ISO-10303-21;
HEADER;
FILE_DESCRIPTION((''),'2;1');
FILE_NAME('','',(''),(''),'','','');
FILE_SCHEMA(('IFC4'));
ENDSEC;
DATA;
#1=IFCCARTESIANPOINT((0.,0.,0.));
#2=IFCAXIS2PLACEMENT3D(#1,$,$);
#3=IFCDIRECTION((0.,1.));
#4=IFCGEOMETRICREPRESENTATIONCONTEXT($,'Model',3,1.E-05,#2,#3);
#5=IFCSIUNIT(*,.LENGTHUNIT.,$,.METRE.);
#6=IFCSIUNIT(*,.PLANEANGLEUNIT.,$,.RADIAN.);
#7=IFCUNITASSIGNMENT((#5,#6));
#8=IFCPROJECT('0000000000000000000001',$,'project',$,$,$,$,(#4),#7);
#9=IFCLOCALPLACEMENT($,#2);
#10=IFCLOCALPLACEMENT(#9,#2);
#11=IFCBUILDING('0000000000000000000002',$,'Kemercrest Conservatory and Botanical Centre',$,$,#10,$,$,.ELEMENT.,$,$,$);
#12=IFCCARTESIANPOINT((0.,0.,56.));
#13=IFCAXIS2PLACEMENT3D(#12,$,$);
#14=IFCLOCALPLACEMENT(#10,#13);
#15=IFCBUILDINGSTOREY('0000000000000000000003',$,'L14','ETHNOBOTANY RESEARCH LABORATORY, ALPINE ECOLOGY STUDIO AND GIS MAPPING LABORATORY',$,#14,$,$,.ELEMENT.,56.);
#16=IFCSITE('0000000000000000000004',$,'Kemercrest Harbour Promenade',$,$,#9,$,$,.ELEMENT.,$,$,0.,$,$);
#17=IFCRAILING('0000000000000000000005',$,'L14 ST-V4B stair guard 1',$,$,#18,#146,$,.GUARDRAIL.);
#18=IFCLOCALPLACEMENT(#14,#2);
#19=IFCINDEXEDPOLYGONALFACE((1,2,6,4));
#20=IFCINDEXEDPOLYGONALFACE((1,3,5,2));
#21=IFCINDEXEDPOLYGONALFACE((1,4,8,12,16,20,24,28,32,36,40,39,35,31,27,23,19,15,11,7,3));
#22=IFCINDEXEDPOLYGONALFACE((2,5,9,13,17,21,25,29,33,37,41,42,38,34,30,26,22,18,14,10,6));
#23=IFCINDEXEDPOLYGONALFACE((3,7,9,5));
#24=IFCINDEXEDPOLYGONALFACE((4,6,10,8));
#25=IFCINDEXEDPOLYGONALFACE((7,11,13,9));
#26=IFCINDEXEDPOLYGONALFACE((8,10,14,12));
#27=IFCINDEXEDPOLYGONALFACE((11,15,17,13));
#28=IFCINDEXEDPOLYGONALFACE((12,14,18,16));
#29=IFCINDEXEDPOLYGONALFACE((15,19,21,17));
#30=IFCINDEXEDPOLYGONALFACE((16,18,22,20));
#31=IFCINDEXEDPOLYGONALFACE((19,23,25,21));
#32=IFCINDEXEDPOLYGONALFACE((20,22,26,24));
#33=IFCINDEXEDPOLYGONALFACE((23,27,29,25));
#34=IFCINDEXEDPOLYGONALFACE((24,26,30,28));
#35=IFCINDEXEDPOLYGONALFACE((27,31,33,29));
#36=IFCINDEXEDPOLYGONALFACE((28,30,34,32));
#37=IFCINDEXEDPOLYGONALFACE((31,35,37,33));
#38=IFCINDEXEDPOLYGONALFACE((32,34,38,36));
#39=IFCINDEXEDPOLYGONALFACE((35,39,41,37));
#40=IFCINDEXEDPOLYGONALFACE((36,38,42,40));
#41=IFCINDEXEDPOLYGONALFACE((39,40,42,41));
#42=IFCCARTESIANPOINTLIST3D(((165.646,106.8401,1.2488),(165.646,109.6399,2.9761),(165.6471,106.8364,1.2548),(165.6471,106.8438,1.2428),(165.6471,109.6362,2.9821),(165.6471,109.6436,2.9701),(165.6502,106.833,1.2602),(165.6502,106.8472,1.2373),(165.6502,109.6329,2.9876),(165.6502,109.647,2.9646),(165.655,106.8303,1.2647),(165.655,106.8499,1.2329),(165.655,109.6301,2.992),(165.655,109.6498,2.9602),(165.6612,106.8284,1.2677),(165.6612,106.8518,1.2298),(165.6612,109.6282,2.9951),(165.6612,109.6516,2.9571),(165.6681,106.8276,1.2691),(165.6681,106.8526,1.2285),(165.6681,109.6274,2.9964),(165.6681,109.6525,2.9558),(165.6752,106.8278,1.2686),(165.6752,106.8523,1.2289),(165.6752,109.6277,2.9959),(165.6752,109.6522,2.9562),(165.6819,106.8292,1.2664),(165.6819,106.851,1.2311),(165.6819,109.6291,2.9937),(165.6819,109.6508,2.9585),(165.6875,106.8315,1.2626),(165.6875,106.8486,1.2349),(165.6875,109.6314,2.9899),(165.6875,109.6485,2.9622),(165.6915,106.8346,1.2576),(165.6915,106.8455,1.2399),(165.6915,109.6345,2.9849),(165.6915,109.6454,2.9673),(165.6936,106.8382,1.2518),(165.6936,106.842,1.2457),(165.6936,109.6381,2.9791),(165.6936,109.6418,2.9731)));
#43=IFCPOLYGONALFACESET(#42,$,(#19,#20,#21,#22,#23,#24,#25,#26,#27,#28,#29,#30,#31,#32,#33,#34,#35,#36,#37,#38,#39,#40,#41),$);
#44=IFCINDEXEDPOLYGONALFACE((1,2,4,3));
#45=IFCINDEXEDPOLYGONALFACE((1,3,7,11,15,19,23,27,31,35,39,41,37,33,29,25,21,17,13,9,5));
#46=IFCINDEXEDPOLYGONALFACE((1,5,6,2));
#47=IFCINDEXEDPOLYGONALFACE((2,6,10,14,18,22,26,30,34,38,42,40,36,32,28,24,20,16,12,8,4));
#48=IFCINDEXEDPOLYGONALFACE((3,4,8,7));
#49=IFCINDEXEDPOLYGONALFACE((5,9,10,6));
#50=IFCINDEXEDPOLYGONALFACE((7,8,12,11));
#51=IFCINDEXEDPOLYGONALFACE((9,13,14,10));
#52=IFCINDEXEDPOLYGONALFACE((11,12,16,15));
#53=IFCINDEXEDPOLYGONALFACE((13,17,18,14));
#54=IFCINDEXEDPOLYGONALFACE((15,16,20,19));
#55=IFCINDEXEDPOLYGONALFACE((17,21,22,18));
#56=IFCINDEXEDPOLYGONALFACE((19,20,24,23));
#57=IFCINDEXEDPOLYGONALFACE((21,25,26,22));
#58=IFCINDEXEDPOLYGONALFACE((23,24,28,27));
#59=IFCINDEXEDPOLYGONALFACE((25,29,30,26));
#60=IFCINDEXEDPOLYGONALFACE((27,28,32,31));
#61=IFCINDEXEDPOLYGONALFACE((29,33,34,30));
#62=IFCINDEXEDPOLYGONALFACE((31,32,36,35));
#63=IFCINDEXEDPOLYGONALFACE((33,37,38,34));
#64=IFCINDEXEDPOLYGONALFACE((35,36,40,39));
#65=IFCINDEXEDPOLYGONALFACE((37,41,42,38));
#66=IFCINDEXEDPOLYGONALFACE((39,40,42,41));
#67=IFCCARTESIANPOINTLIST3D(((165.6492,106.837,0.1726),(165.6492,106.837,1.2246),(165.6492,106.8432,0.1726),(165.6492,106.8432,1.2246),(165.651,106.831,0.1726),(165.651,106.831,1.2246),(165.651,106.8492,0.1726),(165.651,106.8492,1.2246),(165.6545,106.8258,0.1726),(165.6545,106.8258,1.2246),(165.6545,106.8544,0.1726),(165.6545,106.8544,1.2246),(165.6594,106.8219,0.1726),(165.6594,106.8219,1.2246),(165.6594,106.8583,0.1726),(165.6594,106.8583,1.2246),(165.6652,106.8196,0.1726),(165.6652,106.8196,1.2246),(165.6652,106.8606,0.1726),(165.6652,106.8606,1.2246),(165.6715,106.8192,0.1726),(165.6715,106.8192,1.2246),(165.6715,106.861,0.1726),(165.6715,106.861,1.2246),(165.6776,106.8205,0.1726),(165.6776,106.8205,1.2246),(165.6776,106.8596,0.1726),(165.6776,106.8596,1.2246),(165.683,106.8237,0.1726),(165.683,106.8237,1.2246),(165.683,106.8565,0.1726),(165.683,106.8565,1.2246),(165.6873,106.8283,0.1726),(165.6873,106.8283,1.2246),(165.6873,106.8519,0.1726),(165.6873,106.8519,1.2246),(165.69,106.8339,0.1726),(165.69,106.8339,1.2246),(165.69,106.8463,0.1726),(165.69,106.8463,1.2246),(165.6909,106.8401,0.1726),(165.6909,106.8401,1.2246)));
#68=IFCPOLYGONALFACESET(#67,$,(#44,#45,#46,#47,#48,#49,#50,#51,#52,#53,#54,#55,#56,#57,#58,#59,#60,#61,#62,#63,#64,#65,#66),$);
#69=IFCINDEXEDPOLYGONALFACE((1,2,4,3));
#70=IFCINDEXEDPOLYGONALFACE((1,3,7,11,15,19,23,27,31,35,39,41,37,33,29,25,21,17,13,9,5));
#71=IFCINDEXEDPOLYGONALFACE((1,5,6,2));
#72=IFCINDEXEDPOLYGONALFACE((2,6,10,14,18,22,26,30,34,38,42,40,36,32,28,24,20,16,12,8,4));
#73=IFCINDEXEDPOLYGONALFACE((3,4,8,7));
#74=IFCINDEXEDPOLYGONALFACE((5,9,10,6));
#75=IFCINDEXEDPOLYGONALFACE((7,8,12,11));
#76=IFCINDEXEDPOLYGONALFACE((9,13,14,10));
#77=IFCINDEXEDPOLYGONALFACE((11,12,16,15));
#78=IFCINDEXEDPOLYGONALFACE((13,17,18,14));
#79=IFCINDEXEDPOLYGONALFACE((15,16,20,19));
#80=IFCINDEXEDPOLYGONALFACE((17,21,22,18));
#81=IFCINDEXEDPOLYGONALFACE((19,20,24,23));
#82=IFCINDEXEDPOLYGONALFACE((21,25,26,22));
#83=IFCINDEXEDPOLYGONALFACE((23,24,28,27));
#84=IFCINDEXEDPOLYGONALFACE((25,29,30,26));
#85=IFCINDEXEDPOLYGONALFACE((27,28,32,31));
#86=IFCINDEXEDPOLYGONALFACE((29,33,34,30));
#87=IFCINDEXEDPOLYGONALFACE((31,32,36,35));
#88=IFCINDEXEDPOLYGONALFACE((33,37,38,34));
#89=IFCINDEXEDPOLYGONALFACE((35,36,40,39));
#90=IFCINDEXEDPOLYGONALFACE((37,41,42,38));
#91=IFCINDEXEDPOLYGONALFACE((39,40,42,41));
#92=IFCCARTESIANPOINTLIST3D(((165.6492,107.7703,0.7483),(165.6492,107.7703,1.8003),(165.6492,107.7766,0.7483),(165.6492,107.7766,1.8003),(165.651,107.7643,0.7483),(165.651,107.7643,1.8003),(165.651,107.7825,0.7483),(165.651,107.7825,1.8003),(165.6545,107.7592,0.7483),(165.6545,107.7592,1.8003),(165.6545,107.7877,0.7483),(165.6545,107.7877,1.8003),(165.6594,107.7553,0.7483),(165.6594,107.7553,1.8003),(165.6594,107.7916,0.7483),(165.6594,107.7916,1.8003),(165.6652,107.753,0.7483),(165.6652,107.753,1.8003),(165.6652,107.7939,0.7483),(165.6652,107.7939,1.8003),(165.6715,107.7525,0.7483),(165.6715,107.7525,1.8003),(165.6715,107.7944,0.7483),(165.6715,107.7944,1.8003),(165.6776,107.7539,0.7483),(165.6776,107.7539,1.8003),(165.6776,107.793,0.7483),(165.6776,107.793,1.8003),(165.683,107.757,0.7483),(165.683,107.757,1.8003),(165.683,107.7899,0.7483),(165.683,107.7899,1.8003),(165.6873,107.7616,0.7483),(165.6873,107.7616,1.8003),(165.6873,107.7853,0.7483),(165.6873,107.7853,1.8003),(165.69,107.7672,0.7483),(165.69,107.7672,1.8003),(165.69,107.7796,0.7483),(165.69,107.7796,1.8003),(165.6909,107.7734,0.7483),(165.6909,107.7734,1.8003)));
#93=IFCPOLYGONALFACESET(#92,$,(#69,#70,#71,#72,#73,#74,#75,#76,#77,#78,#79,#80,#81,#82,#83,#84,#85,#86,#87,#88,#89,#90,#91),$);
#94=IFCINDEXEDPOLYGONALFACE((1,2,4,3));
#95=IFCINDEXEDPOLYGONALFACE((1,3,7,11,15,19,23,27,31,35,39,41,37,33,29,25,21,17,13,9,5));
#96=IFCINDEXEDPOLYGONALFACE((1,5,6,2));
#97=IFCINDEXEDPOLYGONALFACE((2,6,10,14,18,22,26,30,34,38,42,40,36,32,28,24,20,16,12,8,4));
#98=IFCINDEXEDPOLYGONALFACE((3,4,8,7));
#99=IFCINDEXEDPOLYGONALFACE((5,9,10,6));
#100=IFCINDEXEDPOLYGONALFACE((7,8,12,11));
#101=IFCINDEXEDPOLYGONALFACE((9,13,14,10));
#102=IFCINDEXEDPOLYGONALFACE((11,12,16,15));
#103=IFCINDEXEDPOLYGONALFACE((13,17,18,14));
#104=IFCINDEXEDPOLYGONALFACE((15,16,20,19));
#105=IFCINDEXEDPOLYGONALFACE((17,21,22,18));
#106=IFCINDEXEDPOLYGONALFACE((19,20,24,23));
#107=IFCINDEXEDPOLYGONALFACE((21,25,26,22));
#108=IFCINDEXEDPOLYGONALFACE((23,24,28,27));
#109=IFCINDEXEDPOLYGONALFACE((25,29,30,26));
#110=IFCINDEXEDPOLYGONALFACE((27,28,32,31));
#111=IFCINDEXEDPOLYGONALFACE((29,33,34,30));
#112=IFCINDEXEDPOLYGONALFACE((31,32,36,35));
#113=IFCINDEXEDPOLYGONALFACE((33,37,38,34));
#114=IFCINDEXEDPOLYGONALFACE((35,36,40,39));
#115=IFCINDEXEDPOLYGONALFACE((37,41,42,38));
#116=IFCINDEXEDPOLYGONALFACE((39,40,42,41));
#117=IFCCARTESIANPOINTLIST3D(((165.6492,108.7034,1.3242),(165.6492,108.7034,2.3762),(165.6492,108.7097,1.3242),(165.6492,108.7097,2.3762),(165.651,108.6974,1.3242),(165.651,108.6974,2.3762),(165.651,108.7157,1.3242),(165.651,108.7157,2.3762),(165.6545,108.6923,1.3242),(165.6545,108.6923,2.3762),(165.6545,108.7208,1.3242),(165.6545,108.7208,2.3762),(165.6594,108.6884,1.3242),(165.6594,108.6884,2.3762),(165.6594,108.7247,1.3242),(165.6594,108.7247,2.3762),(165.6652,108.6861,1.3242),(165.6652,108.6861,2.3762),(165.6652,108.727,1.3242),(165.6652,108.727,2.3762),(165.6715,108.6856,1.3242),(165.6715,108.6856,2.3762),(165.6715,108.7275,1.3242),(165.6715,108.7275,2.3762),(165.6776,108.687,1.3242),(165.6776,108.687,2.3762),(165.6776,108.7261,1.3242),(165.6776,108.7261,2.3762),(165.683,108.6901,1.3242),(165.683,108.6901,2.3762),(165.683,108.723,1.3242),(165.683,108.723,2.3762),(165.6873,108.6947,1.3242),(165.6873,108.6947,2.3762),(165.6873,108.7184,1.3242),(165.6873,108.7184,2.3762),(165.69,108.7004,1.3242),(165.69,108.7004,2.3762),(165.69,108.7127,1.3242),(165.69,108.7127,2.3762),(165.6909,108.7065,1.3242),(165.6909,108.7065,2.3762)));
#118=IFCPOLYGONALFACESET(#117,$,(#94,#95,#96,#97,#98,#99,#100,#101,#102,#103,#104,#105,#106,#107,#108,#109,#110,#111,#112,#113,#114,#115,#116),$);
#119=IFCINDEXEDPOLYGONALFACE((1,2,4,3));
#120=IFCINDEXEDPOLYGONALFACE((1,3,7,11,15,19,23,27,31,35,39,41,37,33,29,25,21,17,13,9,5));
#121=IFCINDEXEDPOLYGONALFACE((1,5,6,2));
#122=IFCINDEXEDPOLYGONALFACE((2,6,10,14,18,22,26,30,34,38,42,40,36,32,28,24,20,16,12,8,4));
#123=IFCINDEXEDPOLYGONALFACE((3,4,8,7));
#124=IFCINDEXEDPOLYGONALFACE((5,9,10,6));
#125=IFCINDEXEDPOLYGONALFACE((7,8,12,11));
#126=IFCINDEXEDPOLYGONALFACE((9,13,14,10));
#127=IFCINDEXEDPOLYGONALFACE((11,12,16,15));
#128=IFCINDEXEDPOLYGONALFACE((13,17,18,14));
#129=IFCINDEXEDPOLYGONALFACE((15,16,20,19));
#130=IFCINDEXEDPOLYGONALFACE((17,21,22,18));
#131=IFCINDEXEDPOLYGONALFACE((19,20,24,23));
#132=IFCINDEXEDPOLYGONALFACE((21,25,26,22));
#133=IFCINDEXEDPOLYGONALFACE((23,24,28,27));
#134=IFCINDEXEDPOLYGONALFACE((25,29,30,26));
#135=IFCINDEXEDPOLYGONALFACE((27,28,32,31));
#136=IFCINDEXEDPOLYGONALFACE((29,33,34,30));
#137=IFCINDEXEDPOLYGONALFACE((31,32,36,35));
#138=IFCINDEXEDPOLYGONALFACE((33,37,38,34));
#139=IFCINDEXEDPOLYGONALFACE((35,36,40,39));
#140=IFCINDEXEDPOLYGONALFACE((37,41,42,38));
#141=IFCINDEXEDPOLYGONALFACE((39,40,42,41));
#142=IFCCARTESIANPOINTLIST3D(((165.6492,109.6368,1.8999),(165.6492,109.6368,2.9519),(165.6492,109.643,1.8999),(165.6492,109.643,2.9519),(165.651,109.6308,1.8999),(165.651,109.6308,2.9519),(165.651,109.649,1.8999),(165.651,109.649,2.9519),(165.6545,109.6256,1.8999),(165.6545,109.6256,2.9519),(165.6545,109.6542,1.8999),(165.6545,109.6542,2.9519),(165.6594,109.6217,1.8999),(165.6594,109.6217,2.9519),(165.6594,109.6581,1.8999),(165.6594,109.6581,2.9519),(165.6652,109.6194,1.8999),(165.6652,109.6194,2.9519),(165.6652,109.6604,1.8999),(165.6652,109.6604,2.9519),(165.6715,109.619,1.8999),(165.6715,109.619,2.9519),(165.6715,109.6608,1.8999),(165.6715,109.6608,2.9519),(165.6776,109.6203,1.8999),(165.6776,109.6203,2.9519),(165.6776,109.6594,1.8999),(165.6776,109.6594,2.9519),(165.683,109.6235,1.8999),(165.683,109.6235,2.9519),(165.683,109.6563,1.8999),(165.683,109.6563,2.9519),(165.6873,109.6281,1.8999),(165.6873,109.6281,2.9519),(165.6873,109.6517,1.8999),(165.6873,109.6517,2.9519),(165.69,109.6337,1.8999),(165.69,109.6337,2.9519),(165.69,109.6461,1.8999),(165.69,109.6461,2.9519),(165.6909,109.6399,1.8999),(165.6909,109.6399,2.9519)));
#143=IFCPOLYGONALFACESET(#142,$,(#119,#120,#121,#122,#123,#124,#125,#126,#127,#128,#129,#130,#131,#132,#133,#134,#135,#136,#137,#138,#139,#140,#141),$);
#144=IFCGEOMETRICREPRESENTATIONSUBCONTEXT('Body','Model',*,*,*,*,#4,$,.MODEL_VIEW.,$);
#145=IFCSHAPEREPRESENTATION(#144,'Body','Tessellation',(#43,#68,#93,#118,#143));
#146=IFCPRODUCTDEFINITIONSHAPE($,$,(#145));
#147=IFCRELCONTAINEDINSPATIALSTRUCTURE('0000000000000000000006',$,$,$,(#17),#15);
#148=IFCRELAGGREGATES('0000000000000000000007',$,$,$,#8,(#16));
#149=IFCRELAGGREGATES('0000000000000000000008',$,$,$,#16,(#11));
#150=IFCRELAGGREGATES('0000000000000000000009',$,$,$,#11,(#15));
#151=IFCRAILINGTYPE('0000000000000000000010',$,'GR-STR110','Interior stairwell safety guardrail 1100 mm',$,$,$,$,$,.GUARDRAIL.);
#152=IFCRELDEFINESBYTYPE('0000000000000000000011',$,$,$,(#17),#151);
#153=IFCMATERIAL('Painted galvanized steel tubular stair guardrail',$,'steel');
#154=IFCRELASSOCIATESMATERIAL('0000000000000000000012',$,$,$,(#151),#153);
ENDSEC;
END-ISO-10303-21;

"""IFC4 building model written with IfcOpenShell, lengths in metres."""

from ifc_helpers import new_model, si_unit, direction, frame, origin, origin_2d, place, context, subcontext, project, spatial, circle, extrude, material, type_object, element, save


model = new_model("IFC4")

# Units and contexts
model_context = context("Model", 3, precision=1e-05, world=origin(), true_north=direction((0.0, 1.0)))
body_context = subcontext(model_context, "Body", "Model", "MODEL_VIEW")
ifc_project = project(units=[si_unit("LENGTHUNIT", "METRE"), si_unit("PLANEANGLEUNIT", "RADIAN")], contexts=[model_context])

# Site, building, storey
site_placement = place(None, origin())
site = spatial("IfcSite", under=ifc_project, at=site_placement, Name="Kemercrest Harbour Promenade", CompositionType="ELEMENT", RefElevation=0.0)
building_placement = place(site_placement, origin())
building = spatial("IfcBuilding", under=site, at=building_placement, Name="Kemercrest Conservatory and Botanical Centre", CompositionType="ELEMENT")
storey_placement = place(building_placement, frame((0.0, 0.0, 56.0)))
storey = spatial("IfcBuildingStorey", under=building, at=storey_placement, Name="L14", Description="ETHNOBOTANY RESEARCH LABORATORY, ALPINE ECOLOGY STUDIO AND GIS MAPPING LABORATORY", CompositionType="ELEMENT", Elevation=56.0)

# Railing
ifc_material_1 = material(Name="Painted galvanized steel tubular stair guardrail", Category="steel")
railing_type_1 = type_object("IfcRailingType", Name="GR-STR110", Description="Interior stairwell safety guardrail 1100 mm", PredefinedType="GUARDRAIL", material=ifc_material_1)
railing_1_placement = place(storey_placement, frame((165.6699, 106.8401, 0.1726)))
element("IfcRailing", 1, at=railing_1_placement, inside=storey, type_object=railing_type_1, Name="L14 ST-V4B stair guard 1", PredefinedType="GUARDRAIL", context=body_context, shape_type="SweptSolid", body=[
    extrude(circle(Radius=0.0239, at=origin_2d()), frame((0.0, 0.0, 1.0762), z_axis=(0.0, 0.851069, 0.525054), x_axis=(-1.0, 0.0, 0.0)), (0.0, 0.0, 1.0), 3.2898),
    extrude(circle(Radius=0.021, at=origin_2d()), origin(), (0.0, 0.0, 1.0), 1.052),
    extrude(circle(Radius=0.021, at=origin_2d()), frame((0.0, 0.9333, 0.5757)), (0.0, 0.0, 1.0), 1.052),
    extrude(circle(Radius=0.021, at=origin_2d()), frame((0.0, 1.8665, 1.1516)), (0.0, 0.0, 1.0), 1.052),
    extrude(circle(Radius=0.021, at=origin_2d()), frame((0.0, 2.7998, 1.7273)), (0.0, 0.0, 1.0), 1.052),
])

save(model, "model.ifc")
